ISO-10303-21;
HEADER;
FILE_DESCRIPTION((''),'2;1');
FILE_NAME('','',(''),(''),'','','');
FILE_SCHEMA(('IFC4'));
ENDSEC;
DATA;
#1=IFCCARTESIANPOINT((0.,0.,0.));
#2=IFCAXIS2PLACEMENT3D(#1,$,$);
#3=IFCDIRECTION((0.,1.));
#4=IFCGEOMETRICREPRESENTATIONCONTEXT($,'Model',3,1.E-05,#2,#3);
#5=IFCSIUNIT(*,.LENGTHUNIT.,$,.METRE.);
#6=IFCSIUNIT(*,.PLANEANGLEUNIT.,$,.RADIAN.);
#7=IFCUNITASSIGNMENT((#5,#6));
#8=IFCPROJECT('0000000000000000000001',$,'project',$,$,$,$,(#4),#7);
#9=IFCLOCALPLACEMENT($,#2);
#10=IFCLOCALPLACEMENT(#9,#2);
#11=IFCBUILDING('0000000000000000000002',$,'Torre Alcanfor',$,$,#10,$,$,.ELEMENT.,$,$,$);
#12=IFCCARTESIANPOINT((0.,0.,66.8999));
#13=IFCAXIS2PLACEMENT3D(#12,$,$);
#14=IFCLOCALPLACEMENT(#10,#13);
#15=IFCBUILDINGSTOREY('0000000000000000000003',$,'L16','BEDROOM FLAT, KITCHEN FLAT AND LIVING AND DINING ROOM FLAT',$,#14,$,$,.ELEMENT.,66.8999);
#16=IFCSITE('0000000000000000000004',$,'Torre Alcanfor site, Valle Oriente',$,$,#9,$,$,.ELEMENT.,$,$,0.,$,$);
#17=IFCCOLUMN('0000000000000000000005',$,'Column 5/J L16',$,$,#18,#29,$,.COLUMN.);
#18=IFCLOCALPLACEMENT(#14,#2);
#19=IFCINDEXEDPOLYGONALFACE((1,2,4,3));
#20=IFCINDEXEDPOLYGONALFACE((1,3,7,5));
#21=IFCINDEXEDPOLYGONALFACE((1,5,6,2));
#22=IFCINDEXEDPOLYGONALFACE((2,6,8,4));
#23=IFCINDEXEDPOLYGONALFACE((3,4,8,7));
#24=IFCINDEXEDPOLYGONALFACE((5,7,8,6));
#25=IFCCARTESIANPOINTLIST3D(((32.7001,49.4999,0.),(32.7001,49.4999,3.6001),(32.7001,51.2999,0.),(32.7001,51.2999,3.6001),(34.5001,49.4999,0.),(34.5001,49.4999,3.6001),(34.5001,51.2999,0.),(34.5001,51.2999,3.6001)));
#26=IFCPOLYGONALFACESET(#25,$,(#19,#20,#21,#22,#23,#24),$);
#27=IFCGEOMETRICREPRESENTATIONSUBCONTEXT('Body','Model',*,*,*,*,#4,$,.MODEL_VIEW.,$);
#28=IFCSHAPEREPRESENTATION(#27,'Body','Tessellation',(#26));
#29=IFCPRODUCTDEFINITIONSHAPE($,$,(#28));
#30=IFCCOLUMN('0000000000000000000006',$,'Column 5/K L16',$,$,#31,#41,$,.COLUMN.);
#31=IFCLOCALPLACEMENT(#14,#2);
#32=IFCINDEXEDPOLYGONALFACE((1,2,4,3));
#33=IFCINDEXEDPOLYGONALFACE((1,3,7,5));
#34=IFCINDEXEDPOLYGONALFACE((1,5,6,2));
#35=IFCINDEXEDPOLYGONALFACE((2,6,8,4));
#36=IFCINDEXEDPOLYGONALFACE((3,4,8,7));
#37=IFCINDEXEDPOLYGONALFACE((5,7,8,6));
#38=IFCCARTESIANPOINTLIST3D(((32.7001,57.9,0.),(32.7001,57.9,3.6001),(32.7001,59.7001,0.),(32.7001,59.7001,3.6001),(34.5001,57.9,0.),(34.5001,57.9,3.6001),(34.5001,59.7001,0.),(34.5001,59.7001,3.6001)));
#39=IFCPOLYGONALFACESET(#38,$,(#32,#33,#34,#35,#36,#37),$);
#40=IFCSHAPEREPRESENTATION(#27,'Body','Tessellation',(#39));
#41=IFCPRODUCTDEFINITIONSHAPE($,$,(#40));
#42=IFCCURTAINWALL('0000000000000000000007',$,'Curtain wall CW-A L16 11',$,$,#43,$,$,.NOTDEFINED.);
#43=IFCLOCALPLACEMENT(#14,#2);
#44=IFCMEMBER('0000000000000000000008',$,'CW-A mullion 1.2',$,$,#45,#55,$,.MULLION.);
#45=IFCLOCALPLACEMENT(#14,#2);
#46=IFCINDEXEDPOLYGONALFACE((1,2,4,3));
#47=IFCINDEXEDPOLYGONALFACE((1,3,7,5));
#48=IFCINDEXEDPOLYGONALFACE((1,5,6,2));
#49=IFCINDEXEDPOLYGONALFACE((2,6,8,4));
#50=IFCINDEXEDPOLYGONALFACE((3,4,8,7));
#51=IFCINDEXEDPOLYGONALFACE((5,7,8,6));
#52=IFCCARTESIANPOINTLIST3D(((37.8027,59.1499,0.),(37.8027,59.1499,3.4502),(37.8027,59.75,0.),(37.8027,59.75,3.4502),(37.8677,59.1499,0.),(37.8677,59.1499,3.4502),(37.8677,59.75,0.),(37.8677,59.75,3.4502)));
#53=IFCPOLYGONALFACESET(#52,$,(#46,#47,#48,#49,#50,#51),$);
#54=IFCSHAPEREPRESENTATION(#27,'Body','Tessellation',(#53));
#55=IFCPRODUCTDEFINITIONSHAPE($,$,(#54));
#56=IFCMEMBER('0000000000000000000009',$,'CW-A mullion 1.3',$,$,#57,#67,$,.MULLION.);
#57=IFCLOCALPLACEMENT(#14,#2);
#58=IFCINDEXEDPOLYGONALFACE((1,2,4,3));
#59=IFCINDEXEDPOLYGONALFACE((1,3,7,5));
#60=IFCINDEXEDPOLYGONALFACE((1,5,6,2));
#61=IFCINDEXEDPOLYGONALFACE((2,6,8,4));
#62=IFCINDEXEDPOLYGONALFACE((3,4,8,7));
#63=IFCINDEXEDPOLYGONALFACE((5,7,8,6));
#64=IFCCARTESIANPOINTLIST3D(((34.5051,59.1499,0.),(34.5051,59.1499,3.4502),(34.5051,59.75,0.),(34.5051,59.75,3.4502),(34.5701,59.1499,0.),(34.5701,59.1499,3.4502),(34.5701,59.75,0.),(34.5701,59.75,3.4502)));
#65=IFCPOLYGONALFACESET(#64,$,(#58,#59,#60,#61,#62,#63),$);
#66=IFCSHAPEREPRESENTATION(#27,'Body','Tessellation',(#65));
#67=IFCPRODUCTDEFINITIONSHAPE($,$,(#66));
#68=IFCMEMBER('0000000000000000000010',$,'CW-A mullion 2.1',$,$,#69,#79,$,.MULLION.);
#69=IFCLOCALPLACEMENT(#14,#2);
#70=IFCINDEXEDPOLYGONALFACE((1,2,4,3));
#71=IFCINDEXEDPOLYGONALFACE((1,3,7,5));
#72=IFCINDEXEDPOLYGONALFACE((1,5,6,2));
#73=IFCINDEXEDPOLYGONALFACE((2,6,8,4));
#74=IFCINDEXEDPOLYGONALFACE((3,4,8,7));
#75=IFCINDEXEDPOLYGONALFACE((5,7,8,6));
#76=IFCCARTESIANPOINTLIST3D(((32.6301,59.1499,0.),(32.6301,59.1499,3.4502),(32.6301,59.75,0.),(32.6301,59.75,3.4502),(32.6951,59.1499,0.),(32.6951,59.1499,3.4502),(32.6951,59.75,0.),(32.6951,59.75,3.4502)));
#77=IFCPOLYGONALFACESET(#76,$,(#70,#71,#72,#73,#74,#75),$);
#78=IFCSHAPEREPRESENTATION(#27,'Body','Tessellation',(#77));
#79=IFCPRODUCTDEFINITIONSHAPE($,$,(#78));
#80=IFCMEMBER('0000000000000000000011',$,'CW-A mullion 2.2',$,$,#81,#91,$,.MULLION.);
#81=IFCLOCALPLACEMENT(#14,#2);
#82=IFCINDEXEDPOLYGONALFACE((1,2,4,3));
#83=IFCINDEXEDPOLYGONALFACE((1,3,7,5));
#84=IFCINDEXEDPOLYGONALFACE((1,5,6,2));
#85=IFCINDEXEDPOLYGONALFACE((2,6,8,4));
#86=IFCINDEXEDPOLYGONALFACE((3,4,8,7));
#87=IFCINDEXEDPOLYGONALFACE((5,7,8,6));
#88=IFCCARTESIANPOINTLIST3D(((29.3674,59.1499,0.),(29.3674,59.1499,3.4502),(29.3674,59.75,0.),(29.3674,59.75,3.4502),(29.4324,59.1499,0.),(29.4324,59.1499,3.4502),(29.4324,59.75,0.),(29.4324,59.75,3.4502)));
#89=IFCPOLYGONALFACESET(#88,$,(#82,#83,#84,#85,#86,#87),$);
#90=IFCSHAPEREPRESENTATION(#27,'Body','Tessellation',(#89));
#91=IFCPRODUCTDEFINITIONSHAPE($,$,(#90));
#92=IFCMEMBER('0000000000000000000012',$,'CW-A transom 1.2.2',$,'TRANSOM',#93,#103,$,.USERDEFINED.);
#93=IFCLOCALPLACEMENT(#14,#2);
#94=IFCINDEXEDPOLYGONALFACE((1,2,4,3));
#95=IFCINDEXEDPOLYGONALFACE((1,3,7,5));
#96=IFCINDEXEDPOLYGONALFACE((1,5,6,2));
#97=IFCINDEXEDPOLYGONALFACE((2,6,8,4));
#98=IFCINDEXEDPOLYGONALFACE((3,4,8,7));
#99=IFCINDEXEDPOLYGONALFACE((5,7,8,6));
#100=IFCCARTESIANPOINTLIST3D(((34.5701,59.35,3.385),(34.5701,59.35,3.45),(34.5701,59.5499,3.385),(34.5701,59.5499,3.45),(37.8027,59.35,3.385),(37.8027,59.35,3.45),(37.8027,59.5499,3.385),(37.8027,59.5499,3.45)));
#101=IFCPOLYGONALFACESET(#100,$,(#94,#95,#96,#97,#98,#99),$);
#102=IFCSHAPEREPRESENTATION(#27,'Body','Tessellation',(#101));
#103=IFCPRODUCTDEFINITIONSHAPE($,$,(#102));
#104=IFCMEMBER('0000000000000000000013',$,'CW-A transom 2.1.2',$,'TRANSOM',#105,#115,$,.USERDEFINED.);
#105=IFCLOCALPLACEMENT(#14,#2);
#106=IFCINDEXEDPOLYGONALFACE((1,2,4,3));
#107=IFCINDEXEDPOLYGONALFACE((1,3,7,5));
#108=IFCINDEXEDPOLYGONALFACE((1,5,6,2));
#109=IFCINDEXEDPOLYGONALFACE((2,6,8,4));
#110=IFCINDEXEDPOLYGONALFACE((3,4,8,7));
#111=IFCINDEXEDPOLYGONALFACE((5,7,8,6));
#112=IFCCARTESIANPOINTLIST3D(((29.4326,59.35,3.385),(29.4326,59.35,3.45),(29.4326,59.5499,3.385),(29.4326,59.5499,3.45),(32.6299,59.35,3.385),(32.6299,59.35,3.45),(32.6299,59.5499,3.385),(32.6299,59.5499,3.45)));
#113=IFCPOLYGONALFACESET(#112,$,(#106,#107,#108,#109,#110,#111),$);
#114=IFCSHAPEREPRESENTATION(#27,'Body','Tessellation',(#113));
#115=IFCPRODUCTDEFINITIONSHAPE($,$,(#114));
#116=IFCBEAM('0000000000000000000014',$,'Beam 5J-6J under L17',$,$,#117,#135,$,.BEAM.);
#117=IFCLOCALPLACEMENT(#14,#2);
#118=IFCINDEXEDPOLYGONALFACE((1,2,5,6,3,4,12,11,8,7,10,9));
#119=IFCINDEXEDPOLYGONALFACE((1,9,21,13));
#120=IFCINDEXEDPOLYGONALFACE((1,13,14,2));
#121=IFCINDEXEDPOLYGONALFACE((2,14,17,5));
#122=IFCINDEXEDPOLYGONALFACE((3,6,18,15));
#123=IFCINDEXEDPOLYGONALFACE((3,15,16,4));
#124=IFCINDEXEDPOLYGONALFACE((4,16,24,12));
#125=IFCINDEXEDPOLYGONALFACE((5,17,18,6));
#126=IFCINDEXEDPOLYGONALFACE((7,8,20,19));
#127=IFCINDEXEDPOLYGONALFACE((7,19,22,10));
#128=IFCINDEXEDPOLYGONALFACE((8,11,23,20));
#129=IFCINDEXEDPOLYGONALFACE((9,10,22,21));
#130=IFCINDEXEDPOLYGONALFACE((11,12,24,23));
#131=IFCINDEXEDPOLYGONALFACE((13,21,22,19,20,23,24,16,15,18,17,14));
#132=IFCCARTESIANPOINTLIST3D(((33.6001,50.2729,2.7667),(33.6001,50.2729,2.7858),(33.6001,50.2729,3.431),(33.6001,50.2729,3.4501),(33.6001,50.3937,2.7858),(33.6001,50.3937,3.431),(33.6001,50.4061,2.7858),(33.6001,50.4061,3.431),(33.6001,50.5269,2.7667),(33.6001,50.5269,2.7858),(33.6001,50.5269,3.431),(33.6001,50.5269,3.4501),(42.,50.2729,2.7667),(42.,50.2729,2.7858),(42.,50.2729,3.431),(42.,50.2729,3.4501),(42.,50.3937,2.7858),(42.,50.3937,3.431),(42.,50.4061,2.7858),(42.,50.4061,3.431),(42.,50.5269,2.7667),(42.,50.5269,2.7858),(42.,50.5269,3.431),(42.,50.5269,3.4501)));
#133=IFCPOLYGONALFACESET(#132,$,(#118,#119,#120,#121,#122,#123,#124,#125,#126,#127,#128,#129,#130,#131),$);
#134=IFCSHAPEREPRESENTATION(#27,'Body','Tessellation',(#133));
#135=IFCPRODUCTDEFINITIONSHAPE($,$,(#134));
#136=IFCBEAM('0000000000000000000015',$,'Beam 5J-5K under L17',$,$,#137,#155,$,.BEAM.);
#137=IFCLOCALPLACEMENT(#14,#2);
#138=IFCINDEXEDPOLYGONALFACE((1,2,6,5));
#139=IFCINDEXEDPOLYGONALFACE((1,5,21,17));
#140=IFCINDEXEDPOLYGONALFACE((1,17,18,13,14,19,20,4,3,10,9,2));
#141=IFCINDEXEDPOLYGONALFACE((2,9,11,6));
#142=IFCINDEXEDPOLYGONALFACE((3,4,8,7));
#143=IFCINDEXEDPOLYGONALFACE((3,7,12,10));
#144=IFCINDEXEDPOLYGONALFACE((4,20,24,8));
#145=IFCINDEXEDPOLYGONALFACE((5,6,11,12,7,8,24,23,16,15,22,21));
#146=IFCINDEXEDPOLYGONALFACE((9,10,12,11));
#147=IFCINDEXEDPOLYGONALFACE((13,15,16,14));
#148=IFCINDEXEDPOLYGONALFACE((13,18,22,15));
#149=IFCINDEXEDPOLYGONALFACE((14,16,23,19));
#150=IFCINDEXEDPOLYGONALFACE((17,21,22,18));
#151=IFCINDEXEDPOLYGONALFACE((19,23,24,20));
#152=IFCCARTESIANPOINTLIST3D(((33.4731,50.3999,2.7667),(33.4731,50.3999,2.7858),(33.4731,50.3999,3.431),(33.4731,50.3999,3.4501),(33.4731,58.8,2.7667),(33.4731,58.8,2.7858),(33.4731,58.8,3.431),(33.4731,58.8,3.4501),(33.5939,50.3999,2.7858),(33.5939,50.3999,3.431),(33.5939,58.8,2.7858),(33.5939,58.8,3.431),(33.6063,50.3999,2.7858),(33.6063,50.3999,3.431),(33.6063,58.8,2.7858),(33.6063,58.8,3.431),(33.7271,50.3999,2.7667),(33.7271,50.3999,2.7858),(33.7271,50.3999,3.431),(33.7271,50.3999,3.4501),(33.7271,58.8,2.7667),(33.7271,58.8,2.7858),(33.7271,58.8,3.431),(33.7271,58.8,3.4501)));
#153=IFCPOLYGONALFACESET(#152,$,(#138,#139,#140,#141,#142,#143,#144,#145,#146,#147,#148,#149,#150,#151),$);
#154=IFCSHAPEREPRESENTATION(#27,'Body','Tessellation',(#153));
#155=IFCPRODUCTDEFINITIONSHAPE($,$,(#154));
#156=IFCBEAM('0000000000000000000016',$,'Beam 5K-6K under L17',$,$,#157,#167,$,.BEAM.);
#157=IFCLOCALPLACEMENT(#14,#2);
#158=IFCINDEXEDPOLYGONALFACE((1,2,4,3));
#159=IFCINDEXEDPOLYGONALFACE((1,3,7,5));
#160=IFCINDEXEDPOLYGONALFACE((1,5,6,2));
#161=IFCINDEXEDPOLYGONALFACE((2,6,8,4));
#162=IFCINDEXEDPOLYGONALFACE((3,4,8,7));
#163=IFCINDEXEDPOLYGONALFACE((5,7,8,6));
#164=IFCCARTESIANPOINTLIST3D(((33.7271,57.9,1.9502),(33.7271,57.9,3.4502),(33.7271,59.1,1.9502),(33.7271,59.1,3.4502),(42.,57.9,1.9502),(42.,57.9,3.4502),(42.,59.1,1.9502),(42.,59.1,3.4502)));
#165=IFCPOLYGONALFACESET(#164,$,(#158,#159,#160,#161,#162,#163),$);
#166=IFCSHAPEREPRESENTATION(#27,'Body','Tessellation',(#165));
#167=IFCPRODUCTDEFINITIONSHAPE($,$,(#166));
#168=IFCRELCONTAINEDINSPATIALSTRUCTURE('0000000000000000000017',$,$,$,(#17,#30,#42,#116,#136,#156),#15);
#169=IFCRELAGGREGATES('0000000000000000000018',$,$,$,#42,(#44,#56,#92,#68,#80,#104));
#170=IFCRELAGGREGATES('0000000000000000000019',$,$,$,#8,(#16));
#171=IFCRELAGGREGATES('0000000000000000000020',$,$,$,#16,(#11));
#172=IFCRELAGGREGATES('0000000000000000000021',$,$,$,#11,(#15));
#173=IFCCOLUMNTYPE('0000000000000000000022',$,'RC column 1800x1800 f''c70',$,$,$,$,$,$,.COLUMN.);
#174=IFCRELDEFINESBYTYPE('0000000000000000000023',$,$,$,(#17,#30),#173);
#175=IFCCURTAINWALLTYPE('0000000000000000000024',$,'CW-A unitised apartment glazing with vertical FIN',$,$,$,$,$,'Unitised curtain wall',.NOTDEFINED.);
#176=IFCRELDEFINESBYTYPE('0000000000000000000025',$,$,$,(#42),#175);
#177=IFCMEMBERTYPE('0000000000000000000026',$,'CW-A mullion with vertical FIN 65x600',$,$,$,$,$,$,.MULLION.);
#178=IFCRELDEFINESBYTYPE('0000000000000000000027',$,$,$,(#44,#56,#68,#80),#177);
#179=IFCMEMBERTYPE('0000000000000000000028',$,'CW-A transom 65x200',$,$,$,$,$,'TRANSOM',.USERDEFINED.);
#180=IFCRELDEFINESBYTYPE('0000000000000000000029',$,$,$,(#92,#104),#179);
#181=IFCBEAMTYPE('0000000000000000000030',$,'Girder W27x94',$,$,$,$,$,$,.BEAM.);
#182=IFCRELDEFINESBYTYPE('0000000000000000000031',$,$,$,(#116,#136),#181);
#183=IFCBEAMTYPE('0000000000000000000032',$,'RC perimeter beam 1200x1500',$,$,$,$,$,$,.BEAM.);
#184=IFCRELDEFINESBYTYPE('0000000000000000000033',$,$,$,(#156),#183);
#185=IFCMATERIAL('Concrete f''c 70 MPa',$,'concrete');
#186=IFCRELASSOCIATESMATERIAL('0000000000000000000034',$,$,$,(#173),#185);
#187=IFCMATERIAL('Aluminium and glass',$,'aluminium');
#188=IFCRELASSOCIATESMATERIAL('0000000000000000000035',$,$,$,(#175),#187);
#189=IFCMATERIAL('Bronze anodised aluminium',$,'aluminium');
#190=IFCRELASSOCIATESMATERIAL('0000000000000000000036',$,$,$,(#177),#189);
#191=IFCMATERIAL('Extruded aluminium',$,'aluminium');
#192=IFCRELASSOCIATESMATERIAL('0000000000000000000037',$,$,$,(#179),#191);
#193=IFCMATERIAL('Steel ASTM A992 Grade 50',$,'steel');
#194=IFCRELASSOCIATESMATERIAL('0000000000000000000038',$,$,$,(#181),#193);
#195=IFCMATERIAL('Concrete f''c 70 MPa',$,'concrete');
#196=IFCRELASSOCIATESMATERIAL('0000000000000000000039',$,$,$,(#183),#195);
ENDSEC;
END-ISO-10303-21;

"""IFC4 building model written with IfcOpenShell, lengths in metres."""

from ifc_helpers import new_model, si_unit, direction, frame, origin, origin_2d, place, context, subcontext, project, spatial, rectangle, i_section, extrude, material, material_profile, profile_set, type_object, element, aggregate, save


model = new_model("IFC4")

# Units and contexts
model_context = context("Model", 3, precision=1e-05, world=origin(), true_north=direction((0.0, 1.0)))
body_context = subcontext(model_context, "Body", "Model", "MODEL_VIEW")
ifc_project = project(units=[si_unit("LENGTHUNIT", "METRE"), si_unit("PLANEANGLEUNIT", "RADIAN")], contexts=[model_context])

# Site, building, storey
site_placement = place(None, origin())
site = spatial("IfcSite", under=ifc_project, at=site_placement, Name="Torre Alcanfor site, Valle Oriente", CompositionType="ELEMENT", RefElevation=0.0)
building_placement = place(site_placement, origin())
building = spatial("IfcBuilding", under=site, at=building_placement, Name="Torre Alcanfor", CompositionType="ELEMENT")
storey_placement = place(building_placement, frame((0.0, 0.0, 66.8999)))
storey = spatial("IfcBuildingStorey", under=building, at=storey_placement, Name="L16", Description="BEDROOM FLAT, KITCHEN FLAT AND LIVING AND DINING ROOM FLAT", CompositionType="ELEMENT", Elevation=66.8999)

# Columns
ifc_material_1 = material(Name="Concrete f'c 70 MPa", Category="concrete")
ifc_material_profile_1 = material_profile(ifc_material_1, rectangle(XDim=1.8, YDim=1.8, at=origin_2d()), Name="1800x1800")
ifc_profile_set_1 = profile_set([ifc_material_profile_1], Name="Concrete f'c 70 MPa")
column_type = type_object("IfcColumnType", Name="RC column 1800x1800 f'c70", PredefinedType="COLUMN", material=ifc_profile_set_1)
for number, where, z_axis, x_axis, name in (
    (1, (33.6001, 50.3999, 0.0), (0.0, 0.0, 1.0), (1.0, 0.0, 0.0), "Column 5/J L16"),
    (2, (33.6001, 58.8, 0.0), (0.0, 0.0, 1.0), (1.0, 0.0, 0.0), "Column 5/K L16"),
):
    element("IfcColumn", number, at=place(storey_placement, frame(where, z_axis=z_axis, x_axis=x_axis)), inside=storey, type_object=column_type, Name=name, PredefinedType="COLUMN", context=body_context, shape_type="SweptSolid", body=[
        extrude(rectangle(XDim=1.8, YDim=1.8, at=origin_2d()), origin(), (0.0, 0.0, 1.0), 3.6001),
    ])

# Curtain wall, members
ifc_material_2 = material(Name="Aluminium and glass", Category="aluminium")
curtain_wall_type = type_object("IfcCurtainWallType", Name="CW-A unitised apartment glazing with vertical FIN", ElementType="Unitised curtain wall", PredefinedType="NOTDEFINED", material=ifc_material_2)
curtain_wall_placement = place(storey_placement, origin())
curtain_wall = element("IfcCurtainWall", 3, at=curtain_wall_placement, inside=storey, type_object=curtain_wall_type, Name="Curtain wall CW-A L16 11", PredefinedType="NOTDEFINED")
ifc_material_3 = material(Name="Bronze anodised aluminium", Category="aluminium")
ifc_material_profile_2 = material_profile(ifc_material_3, rectangle(XDim=0.6001, YDim=0.0649, at=origin_2d()), Name="CW-A mullion 65x600")
ifc_profile_set_2 = profile_set([ifc_material_profile_2], Name="Bronze anodised aluminium")
member_type_1 = type_object("IfcMemberType", Name="CW-A mullion with vertical FIN 65x600", PredefinedType="MULLION", material=ifc_profile_set_2)
member_1_placement = place(storey_placement, frame((37.8352, 59.45, 0.0), z_axis=(0.0, 0.0, 1.0), x_axis=(0.0, -1.0, 0.0)))
member_1 = element("IfcMember", 4, at=member_1_placement, type_object=member_type_1, Name="CW-A mullion 1.2", PredefinedType="MULLION", context=body_context, shape_type="SweptSolid", body=[
    extrude(rectangle(XDim=0.6001, YDim=0.0649, at=origin_2d()), origin(), (0.0, 0.0, 1.0), 3.4502),
])
member_2_placement = place(storey_placement, frame((34.5376, 59.45, 0.0), z_axis=(0.0, 0.0, 1.0), x_axis=(0.0, -1.0, 0.0)))
member_2 = element("IfcMember", 5, at=member_2_placement, type_object=member_type_1, Name="CW-A mullion 1.3", PredefinedType="MULLION", context=body_context, shape_type="SweptSolid", body=[
    extrude(rectangle(XDim=0.6001, YDim=0.0649, at=origin_2d()), origin(), (0.0, 0.0, 1.0), 3.4502),
])
member_3_placement = place(storey_placement, frame((32.6626, 59.45, 0.0), z_axis=(0.0, 0.0, 1.0), x_axis=(0.0, -1.0, 0.0)))
member_3 = element("IfcMember", 6, at=member_3_placement, type_object=member_type_1, Name="CW-A mullion 2.1", PredefinedType="MULLION", context=body_context, shape_type="SweptSolid", body=[
    extrude(rectangle(XDim=0.6001, YDim=0.0649, at=origin_2d()), origin(), (0.0, 0.0, 1.0), 3.4502),
])
member_4_placement = place(storey_placement, frame((29.3999, 59.45, 0.0), z_axis=(0.0, 0.0, 1.0), x_axis=(0.0, -1.0, 0.0)))
member_4 = element("IfcMember", 7, at=member_4_placement, type_object=member_type_1, Name="CW-A mullion 2.2", PredefinedType="MULLION", context=body_context, shape_type="SweptSolid", body=[
    extrude(rectangle(XDim=0.6001, YDim=0.0649, at=origin_2d()), origin(), (0.0, 0.0, 1.0), 3.4502),
])
ifc_material_4 = material(Name="Extruded aluminium", Category="aluminium")
ifc_material_profile_3 = material_profile(ifc_material_4, rectangle(XDim=0.2, YDim=0.0649, at=origin_2d()), Name="CW-A transom 200x65")
ifc_profile_set_3 = profile_set([ifc_material_profile_3], Name="Extruded aluminium")
member_type_2 = type_object("IfcMemberType", Name="CW-A transom 65x200", ElementType="TRANSOM", PredefinedType="USERDEFINED", material=ifc_profile_set_3)
member_5_placement = place(storey_placement, frame((37.8027, 59.45, 3.4175), z_axis=(-1.0, 0.0, 0.0), x_axis=(0.0, -1.0, 0.0)))
member_5 = element("IfcMember", 8, at=member_5_placement, type_object=member_type_2, Name="CW-A transom 1.2.2", ObjectType="TRANSOM", PredefinedType="USERDEFINED", context=body_context, shape_type="SweptSolid", body=[
    extrude(rectangle(XDim=0.2, YDim=0.0649, at=origin_2d()), origin(), (0.0, 0.0, 1.0), 3.2327),
])
member_6_placement = place(storey_placement, frame((32.6299, 59.45, 3.4175), z_axis=(-1.0, 0.0, 0.0), x_axis=(0.0, -1.0, 0.0)))
member_6 = element("IfcMember", 9, at=member_6_placement, type_object=member_type_2, Name="CW-A transom 2.1.2", ObjectType="TRANSOM", PredefinedType="USERDEFINED", context=body_context, shape_type="SweptSolid", body=[
    extrude(rectangle(XDim=0.2, YDim=0.0649, at=origin_2d()), origin(), (0.0, 0.0, 1.0), 3.1973),
])

# Beams
ifc_material_5 = material(Name="Steel ASTM A992 Grade 50", Category="steel")
ifc_material_profile_4 = material_profile(ifc_material_5, i_section(OverallWidth=0.2539, OverallDepth=0.6833, WebThickness=0.0125, FlangeThickness=0.019, at=origin_2d()), Name="W27x94")
ifc_profile_set_4 = profile_set([ifc_material_profile_4], Name="Steel ASTM A992 Grade 50")
beam_type_1 = type_object("IfcBeamType", Name="Girder W27x94", PredefinedType="BEAM", material=ifc_profile_set_4)
beam_1_placement = place(storey_placement, frame((33.6001, 50.3999, 3.1084), z_axis=(1.0, 0.0, 0.0), x_axis=(0.0, 1.0, 0.0)))
element("IfcBeam", 10, at=beam_1_placement, inside=storey, type_object=beam_type_1, Name="Beam 5J-6J under L17", PredefinedType="BEAM", context=body_context, shape_type="SweptSolid", body=[
    extrude(i_section(OverallWidth=0.2539, OverallDepth=0.6833, WebThickness=0.0125, FlangeThickness=0.019, at=origin_2d()), origin(), (0.0, 0.0, 1.0), 8.3999),
])
beam_2_placement = place(storey_placement, frame((33.6001, 50.3999, 3.1084), z_axis=(0.0, 1.0, 0.0), x_axis=(-1.0, 0.0, 0.0)))
element("IfcBeam", 11, at=beam_2_placement, inside=storey, type_object=beam_type_1, Name="Beam 5J-5K under L17", PredefinedType="BEAM", context=body_context, shape_type="SweptSolid", body=[
    extrude(i_section(OverallWidth=0.2539, OverallDepth=0.6833, WebThickness=0.0125, FlangeThickness=0.019, at=origin_2d()), origin(), (0.0, 0.0, 1.0), 8.4001),
])
ifc_material_6 = material(Name="Concrete f'c 70 MPa", Category="concrete")
ifc_material_profile_5 = material_profile(ifc_material_6, rectangle(XDim=1.2, YDim=1.5, at=origin_2d()), Name="1200x1500")
ifc_profile_set_5 = profile_set([ifc_material_profile_5], Name="Concrete f'c 70 MPa")
beam_type_2 = type_object("IfcBeamType", Name="RC perimeter beam 1200x1500", PredefinedType="BEAM", material=ifc_profile_set_5)
beam_3_placement = place(storey_placement, frame((33.7271, 58.5, 2.7002), z_axis=(1.0, 0.0, 0.0), x_axis=(0.0, 1.0, 0.0)))
element("IfcBeam", 12, at=beam_3_placement, inside=storey, type_object=beam_type_2, Name="Beam 5K-6K under L17", PredefinedType="BEAM", context=body_context, shape_type="SweptSolid", body=[
    extrude(rectangle(XDim=1.2, YDim=1.5, at=origin_2d()), origin(), (0.0, 0.0, 1.0), 8.2729),
])

aggregate(curtain_wall, [member_1, member_2, member_5, member_3, member_4, member_6])

save(model, "model.ifc")
